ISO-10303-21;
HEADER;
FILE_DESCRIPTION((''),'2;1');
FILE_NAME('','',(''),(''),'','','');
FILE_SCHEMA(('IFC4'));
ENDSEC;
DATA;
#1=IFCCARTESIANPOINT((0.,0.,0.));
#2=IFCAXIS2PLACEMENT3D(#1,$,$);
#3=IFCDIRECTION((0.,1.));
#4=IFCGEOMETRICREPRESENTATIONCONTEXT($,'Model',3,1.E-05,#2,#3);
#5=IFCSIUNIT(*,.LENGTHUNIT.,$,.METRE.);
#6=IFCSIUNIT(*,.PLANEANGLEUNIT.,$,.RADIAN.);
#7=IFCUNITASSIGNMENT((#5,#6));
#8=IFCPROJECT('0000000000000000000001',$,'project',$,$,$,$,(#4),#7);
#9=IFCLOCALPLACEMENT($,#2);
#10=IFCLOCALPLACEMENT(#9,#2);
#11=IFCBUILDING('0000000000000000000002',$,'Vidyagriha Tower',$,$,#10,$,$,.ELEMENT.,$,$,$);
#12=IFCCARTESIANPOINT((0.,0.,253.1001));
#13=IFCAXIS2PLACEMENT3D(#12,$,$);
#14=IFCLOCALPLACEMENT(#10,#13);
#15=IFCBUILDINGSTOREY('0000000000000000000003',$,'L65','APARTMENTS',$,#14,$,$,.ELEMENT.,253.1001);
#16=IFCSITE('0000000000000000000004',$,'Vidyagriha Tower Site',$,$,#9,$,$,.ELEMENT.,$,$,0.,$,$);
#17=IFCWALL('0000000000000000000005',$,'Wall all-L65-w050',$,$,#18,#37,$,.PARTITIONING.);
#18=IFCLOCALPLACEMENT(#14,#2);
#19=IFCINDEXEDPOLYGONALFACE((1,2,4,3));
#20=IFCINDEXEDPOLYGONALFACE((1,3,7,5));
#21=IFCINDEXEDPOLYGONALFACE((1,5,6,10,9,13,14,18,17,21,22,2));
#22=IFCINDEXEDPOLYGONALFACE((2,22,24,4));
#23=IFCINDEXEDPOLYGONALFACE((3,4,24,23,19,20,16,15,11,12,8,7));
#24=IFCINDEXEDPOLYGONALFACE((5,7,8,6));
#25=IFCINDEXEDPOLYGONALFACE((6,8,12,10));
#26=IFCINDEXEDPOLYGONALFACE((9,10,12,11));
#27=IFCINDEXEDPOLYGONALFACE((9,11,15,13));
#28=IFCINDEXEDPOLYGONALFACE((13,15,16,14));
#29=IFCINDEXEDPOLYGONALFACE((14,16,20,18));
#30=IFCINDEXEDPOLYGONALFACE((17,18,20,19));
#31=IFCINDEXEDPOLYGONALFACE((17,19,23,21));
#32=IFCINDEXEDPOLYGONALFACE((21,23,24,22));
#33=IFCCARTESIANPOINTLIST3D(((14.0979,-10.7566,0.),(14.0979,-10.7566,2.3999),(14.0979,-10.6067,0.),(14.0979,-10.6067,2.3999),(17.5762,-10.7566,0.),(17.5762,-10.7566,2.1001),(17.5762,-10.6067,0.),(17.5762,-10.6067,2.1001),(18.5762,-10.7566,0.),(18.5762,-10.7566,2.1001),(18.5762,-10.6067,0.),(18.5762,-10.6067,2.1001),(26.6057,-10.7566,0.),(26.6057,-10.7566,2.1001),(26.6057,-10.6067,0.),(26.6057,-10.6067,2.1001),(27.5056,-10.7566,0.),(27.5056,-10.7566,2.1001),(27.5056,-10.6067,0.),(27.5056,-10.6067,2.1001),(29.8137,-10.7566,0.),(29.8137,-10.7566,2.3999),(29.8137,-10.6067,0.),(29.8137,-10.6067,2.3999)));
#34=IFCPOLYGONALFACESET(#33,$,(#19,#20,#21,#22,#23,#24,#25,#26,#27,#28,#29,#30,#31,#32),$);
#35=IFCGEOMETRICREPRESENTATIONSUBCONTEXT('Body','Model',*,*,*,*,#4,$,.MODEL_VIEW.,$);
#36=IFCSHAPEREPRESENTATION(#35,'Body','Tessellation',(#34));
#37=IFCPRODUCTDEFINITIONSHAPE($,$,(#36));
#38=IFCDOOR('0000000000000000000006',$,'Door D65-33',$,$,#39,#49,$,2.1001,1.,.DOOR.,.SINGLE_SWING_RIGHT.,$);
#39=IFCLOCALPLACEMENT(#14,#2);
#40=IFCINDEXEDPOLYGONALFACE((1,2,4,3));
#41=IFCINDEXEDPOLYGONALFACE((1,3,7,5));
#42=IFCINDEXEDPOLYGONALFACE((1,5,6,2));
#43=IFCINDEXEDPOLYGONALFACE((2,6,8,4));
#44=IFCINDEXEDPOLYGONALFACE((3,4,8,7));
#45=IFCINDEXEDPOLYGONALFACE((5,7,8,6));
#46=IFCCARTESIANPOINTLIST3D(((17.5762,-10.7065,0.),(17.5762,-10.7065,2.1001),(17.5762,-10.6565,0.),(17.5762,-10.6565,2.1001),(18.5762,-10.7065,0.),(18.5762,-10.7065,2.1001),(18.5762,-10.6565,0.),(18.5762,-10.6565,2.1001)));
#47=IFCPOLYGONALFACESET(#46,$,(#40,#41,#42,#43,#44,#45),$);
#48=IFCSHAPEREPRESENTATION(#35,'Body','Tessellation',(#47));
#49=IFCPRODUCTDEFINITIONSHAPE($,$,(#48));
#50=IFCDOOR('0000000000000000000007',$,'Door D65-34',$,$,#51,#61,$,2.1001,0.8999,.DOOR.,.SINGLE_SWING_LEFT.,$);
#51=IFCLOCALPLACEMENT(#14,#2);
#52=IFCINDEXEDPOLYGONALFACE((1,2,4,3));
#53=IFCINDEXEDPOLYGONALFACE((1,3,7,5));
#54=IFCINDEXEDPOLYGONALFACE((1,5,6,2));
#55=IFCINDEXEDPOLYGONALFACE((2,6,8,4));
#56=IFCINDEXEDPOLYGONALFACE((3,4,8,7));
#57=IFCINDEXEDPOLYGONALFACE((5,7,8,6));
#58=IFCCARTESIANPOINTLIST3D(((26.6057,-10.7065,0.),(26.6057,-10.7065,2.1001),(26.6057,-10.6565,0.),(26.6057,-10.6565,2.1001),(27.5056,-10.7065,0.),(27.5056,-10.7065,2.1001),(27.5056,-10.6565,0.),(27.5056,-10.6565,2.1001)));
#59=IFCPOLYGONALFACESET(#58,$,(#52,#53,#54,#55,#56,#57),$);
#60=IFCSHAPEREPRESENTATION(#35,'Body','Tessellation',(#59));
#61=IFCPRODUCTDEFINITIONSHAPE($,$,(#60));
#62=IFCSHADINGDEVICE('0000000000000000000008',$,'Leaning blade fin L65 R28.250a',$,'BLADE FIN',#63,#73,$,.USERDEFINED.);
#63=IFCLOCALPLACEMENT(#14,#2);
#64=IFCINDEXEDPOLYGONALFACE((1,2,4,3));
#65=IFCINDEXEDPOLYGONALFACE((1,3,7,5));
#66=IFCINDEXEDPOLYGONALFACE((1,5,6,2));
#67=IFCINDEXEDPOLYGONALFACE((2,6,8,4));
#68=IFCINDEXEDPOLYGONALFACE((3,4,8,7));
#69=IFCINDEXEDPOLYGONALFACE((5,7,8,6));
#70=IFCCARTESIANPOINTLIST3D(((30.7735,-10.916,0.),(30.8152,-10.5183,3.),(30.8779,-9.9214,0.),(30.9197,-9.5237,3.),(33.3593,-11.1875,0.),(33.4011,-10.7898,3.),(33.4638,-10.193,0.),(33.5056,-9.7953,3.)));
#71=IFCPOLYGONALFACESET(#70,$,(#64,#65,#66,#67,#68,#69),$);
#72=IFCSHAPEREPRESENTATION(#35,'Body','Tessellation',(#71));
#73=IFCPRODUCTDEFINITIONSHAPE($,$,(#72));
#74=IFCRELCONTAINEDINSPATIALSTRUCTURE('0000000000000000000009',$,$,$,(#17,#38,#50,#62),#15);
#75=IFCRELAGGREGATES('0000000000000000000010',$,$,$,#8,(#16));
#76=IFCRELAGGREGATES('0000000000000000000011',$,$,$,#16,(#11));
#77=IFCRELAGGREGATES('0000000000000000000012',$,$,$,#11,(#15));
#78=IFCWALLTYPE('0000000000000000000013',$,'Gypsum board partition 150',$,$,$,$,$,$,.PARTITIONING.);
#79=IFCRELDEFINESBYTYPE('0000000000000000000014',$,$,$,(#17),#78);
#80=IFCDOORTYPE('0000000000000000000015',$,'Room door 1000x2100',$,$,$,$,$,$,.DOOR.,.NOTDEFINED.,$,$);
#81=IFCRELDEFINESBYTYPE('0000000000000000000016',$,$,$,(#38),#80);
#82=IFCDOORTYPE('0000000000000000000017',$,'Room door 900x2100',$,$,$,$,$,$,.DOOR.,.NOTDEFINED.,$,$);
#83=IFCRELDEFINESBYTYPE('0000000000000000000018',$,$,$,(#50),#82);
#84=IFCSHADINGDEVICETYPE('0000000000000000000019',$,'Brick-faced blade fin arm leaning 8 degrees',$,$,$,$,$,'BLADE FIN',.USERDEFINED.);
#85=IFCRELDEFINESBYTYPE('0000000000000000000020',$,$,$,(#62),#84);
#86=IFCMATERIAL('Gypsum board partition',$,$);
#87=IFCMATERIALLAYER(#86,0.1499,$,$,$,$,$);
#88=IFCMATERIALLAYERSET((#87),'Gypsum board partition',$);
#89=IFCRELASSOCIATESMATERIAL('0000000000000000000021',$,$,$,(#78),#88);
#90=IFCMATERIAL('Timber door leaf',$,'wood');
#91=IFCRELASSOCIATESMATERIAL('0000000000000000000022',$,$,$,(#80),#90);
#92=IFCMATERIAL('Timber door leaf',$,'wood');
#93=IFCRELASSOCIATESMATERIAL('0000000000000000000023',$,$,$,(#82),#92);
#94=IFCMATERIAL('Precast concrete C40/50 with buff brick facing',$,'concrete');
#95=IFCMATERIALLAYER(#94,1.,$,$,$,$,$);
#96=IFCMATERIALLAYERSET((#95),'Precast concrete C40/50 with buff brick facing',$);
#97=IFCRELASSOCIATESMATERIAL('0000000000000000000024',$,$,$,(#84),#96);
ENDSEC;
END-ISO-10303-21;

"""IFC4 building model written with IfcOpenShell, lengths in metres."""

from ifc_helpers import new_model, si_unit, direction, frame, frame_2d, origin, place, context, subcontext, project, spatial, polyline, rectangle, outline, extrude, material, layer, layer_set, type_object, element, fill, save


model = new_model("IFC4")

# Units and contexts
model_context = context("Model", 3, precision=1e-05, world=origin(), true_north=direction((0.0, 1.0)))
body_context = subcontext(model_context, "Body", "Model", "MODEL_VIEW")
ifc_project = project(units=[si_unit("LENGTHUNIT", "METRE"), si_unit("PLANEANGLEUNIT", "RADIAN")], contexts=[model_context])

# Site, building, storey
site_placement = place(None, origin())
site = spatial("IfcSite", under=ifc_project, at=site_placement, Name="Vidyagriha Tower Site", CompositionType="ELEMENT", RefElevation=0.0)
building_placement = place(site_placement, origin())
building = spatial("IfcBuilding", under=site, at=building_placement, Name="Vidyagriha Tower", CompositionType="ELEMENT")
storey_placement = place(building_placement, frame((0.0, 0.0, 253.1001)))
storey = spatial("IfcBuildingStorey", under=building, at=storey_placement, Name="L65", Description="APARTMENTS", CompositionType="ELEMENT", Elevation=253.1001)

# Wall, openings, doors
ifc_material_1 = material(Name="Gypsum board partition")
ifc_layer_1 = layer(ifc_material_1, 0.1499)
ifc_layer_set_1 = layer_set([ifc_layer_1], Name="Gypsum board partition")
wall_type_1 = type_object("IfcWallType", Name="Gypsum board partition 150", PredefinedType="PARTITIONING", material=ifc_layer_set_1)
wall_1_placement = place(storey_placement, frame((29.8137, -10.6816, 0.0), z_axis=(0.0, 0.0, 1.0), x_axis=(-1.0, 0.0, 0.0)))
wall_1 = element("IfcWall", 1, at=wall_1_placement, inside=storey, type_object=wall_type_1, Name="Wall all-L65-w050", PredefinedType="PARTITIONING", context=body_context, shape_type="SweptSolid", body=[
    extrude(rectangle(XDim=15.7158, YDim=0.1499, at=frame_2d((7.8579, 0.0))), origin(), (0.0, 0.0, 1.0), 2.3999),
])
opening_1_placement = place(wall_1_placement, frame((11.2375, 0.0, 0.0)))
opening_1 = element("IfcOpeningElement", 2, at=opening_1_placement, cuts=wall_1, PredefinedType="OPENING", context=body_context, shape_type="SweptSolid", body=[
    extrude(rectangle(XDim=1.0, YDim=2.1001, at=frame_2d((0.5, 1.05))), frame((0.0, 0.085, 0.0), z_axis=(0.0, -1.0, 0.0), x_axis=(1.0, 0.0, 0.0)), (0.0, 0.0, 1.0), 0.1699),
])
opening_2_placement = place(wall_1_placement, frame((2.3081, 0.0, 0.0)))
opening_2 = element("IfcOpeningElement", 3, at=opening_2_placement, cuts=wall_1, PredefinedType="OPENING", context=body_context, shape_type="SweptSolid", body=[
    extrude(rectangle(XDim=0.8999, YDim=2.1001, at=frame_2d((0.45, 1.05))), frame((0.0, 0.085, 0.0), z_axis=(0.0, -1.0, 0.0), x_axis=(1.0, 0.0, 0.0)), (0.0, 0.0, 1.0), 0.1699),
])
ifc_material_2 = material(Name="Timber door leaf", Category="wood")
door_type_1 = type_object("IfcDoorType", Name="Room door 1000x2100", OperationType="NOTDEFINED", PredefinedType="DOOR", material=ifc_material_2)
door_1_placement = place(opening_1_placement, origin())
door_1 = element("IfcDoor", 4, at=door_1_placement, inside=storey, type_object=door_type_1, Name="Door D65-33", OperationType="SINGLE_SWING_RIGHT", OverallHeight=2.1001, OverallWidth=1.0, PredefinedType="DOOR", context=body_context, shape_type="SweptSolid", body=[
    extrude(rectangle(XDim=1.0, YDim=2.1001, at=frame_2d((0.5, 1.05))), frame((0.0, 0.0249, 0.0), z_axis=(0.0, -1.0, 0.0), x_axis=(1.0, 0.0, 0.0)), (0.0, 0.0, 1.0), 0.05),
])
fill(opening_1, door_1)
ifc_material_3 = material(Name="Timber door leaf", Category="wood")
door_type_2 = type_object("IfcDoorType", Name="Room door 900x2100", OperationType="NOTDEFINED", PredefinedType="DOOR", material=ifc_material_3)
door_2_placement = place(opening_2_placement, origin())
door_2 = element("IfcDoor", 5, at=door_2_placement, inside=storey, type_object=door_type_2, Name="Door D65-34", OperationType="SINGLE_SWING_LEFT", OverallHeight=2.1001, OverallWidth=0.8999, PredefinedType="DOOR", context=body_context, shape_type="SweptSolid", body=[
    extrude(rectangle(XDim=0.8999, YDim=2.1001, at=frame_2d((0.45, 1.05))), frame((0.0, 0.0249, 0.0), z_axis=(0.0, -1.0, 0.0), x_axis=(1.0, 0.0, 0.0)), (0.0, 0.0, 1.0), 0.05),
])
fill(opening_2, door_2)

# Shading device
ifc_material_4 = material(Name="Precast concrete C40/50 with buff brick facing", Category="concrete")
ifc_layer_2 = layer(ifc_material_4, 1.0)
ifc_layer_set_2 = layer_set([ifc_layer_2], Name="Precast concrete C40/50 with buff brick facing")
shading_device_type = type_object("IfcShadingDeviceType", Name="Brick-faced blade fin arm leaning 8 degrees", ElementType="BLADE FIN", PredefinedType="USERDEFINED", material=ifc_layer_set_2)
shading_device_placement = place(storey_placement, frame((32.0664, -11.0518, 0.0), z_axis=(0.0, 0.0, 1.0), x_axis=(0.10444, 0.994531, 0.0)))
element("IfcShadingDevice", 6, at=shading_device_placement, inside=storey, type_object=shading_device_type, Name="Leaning blade fin L65 R28.250a", ObjectType="BLADE FIN", PredefinedType="USERDEFINED", context=body_context, shape_type="SweptSolid", body=[
    extrude(outline(polyline([(0.0, 0.0), (1.0, 0.0), (1.3999, 3.0), (0.3999, 3.0), (0.0, 0.0)])), frame((0.0, 1.3, 0.0), z_axis=(0.0, -1.0, 0.0), x_axis=(1.0, 0.0, 0.0)), (0.0, 0.0, 1.0), 2.6001),
])

save(model, "model.ifc")
